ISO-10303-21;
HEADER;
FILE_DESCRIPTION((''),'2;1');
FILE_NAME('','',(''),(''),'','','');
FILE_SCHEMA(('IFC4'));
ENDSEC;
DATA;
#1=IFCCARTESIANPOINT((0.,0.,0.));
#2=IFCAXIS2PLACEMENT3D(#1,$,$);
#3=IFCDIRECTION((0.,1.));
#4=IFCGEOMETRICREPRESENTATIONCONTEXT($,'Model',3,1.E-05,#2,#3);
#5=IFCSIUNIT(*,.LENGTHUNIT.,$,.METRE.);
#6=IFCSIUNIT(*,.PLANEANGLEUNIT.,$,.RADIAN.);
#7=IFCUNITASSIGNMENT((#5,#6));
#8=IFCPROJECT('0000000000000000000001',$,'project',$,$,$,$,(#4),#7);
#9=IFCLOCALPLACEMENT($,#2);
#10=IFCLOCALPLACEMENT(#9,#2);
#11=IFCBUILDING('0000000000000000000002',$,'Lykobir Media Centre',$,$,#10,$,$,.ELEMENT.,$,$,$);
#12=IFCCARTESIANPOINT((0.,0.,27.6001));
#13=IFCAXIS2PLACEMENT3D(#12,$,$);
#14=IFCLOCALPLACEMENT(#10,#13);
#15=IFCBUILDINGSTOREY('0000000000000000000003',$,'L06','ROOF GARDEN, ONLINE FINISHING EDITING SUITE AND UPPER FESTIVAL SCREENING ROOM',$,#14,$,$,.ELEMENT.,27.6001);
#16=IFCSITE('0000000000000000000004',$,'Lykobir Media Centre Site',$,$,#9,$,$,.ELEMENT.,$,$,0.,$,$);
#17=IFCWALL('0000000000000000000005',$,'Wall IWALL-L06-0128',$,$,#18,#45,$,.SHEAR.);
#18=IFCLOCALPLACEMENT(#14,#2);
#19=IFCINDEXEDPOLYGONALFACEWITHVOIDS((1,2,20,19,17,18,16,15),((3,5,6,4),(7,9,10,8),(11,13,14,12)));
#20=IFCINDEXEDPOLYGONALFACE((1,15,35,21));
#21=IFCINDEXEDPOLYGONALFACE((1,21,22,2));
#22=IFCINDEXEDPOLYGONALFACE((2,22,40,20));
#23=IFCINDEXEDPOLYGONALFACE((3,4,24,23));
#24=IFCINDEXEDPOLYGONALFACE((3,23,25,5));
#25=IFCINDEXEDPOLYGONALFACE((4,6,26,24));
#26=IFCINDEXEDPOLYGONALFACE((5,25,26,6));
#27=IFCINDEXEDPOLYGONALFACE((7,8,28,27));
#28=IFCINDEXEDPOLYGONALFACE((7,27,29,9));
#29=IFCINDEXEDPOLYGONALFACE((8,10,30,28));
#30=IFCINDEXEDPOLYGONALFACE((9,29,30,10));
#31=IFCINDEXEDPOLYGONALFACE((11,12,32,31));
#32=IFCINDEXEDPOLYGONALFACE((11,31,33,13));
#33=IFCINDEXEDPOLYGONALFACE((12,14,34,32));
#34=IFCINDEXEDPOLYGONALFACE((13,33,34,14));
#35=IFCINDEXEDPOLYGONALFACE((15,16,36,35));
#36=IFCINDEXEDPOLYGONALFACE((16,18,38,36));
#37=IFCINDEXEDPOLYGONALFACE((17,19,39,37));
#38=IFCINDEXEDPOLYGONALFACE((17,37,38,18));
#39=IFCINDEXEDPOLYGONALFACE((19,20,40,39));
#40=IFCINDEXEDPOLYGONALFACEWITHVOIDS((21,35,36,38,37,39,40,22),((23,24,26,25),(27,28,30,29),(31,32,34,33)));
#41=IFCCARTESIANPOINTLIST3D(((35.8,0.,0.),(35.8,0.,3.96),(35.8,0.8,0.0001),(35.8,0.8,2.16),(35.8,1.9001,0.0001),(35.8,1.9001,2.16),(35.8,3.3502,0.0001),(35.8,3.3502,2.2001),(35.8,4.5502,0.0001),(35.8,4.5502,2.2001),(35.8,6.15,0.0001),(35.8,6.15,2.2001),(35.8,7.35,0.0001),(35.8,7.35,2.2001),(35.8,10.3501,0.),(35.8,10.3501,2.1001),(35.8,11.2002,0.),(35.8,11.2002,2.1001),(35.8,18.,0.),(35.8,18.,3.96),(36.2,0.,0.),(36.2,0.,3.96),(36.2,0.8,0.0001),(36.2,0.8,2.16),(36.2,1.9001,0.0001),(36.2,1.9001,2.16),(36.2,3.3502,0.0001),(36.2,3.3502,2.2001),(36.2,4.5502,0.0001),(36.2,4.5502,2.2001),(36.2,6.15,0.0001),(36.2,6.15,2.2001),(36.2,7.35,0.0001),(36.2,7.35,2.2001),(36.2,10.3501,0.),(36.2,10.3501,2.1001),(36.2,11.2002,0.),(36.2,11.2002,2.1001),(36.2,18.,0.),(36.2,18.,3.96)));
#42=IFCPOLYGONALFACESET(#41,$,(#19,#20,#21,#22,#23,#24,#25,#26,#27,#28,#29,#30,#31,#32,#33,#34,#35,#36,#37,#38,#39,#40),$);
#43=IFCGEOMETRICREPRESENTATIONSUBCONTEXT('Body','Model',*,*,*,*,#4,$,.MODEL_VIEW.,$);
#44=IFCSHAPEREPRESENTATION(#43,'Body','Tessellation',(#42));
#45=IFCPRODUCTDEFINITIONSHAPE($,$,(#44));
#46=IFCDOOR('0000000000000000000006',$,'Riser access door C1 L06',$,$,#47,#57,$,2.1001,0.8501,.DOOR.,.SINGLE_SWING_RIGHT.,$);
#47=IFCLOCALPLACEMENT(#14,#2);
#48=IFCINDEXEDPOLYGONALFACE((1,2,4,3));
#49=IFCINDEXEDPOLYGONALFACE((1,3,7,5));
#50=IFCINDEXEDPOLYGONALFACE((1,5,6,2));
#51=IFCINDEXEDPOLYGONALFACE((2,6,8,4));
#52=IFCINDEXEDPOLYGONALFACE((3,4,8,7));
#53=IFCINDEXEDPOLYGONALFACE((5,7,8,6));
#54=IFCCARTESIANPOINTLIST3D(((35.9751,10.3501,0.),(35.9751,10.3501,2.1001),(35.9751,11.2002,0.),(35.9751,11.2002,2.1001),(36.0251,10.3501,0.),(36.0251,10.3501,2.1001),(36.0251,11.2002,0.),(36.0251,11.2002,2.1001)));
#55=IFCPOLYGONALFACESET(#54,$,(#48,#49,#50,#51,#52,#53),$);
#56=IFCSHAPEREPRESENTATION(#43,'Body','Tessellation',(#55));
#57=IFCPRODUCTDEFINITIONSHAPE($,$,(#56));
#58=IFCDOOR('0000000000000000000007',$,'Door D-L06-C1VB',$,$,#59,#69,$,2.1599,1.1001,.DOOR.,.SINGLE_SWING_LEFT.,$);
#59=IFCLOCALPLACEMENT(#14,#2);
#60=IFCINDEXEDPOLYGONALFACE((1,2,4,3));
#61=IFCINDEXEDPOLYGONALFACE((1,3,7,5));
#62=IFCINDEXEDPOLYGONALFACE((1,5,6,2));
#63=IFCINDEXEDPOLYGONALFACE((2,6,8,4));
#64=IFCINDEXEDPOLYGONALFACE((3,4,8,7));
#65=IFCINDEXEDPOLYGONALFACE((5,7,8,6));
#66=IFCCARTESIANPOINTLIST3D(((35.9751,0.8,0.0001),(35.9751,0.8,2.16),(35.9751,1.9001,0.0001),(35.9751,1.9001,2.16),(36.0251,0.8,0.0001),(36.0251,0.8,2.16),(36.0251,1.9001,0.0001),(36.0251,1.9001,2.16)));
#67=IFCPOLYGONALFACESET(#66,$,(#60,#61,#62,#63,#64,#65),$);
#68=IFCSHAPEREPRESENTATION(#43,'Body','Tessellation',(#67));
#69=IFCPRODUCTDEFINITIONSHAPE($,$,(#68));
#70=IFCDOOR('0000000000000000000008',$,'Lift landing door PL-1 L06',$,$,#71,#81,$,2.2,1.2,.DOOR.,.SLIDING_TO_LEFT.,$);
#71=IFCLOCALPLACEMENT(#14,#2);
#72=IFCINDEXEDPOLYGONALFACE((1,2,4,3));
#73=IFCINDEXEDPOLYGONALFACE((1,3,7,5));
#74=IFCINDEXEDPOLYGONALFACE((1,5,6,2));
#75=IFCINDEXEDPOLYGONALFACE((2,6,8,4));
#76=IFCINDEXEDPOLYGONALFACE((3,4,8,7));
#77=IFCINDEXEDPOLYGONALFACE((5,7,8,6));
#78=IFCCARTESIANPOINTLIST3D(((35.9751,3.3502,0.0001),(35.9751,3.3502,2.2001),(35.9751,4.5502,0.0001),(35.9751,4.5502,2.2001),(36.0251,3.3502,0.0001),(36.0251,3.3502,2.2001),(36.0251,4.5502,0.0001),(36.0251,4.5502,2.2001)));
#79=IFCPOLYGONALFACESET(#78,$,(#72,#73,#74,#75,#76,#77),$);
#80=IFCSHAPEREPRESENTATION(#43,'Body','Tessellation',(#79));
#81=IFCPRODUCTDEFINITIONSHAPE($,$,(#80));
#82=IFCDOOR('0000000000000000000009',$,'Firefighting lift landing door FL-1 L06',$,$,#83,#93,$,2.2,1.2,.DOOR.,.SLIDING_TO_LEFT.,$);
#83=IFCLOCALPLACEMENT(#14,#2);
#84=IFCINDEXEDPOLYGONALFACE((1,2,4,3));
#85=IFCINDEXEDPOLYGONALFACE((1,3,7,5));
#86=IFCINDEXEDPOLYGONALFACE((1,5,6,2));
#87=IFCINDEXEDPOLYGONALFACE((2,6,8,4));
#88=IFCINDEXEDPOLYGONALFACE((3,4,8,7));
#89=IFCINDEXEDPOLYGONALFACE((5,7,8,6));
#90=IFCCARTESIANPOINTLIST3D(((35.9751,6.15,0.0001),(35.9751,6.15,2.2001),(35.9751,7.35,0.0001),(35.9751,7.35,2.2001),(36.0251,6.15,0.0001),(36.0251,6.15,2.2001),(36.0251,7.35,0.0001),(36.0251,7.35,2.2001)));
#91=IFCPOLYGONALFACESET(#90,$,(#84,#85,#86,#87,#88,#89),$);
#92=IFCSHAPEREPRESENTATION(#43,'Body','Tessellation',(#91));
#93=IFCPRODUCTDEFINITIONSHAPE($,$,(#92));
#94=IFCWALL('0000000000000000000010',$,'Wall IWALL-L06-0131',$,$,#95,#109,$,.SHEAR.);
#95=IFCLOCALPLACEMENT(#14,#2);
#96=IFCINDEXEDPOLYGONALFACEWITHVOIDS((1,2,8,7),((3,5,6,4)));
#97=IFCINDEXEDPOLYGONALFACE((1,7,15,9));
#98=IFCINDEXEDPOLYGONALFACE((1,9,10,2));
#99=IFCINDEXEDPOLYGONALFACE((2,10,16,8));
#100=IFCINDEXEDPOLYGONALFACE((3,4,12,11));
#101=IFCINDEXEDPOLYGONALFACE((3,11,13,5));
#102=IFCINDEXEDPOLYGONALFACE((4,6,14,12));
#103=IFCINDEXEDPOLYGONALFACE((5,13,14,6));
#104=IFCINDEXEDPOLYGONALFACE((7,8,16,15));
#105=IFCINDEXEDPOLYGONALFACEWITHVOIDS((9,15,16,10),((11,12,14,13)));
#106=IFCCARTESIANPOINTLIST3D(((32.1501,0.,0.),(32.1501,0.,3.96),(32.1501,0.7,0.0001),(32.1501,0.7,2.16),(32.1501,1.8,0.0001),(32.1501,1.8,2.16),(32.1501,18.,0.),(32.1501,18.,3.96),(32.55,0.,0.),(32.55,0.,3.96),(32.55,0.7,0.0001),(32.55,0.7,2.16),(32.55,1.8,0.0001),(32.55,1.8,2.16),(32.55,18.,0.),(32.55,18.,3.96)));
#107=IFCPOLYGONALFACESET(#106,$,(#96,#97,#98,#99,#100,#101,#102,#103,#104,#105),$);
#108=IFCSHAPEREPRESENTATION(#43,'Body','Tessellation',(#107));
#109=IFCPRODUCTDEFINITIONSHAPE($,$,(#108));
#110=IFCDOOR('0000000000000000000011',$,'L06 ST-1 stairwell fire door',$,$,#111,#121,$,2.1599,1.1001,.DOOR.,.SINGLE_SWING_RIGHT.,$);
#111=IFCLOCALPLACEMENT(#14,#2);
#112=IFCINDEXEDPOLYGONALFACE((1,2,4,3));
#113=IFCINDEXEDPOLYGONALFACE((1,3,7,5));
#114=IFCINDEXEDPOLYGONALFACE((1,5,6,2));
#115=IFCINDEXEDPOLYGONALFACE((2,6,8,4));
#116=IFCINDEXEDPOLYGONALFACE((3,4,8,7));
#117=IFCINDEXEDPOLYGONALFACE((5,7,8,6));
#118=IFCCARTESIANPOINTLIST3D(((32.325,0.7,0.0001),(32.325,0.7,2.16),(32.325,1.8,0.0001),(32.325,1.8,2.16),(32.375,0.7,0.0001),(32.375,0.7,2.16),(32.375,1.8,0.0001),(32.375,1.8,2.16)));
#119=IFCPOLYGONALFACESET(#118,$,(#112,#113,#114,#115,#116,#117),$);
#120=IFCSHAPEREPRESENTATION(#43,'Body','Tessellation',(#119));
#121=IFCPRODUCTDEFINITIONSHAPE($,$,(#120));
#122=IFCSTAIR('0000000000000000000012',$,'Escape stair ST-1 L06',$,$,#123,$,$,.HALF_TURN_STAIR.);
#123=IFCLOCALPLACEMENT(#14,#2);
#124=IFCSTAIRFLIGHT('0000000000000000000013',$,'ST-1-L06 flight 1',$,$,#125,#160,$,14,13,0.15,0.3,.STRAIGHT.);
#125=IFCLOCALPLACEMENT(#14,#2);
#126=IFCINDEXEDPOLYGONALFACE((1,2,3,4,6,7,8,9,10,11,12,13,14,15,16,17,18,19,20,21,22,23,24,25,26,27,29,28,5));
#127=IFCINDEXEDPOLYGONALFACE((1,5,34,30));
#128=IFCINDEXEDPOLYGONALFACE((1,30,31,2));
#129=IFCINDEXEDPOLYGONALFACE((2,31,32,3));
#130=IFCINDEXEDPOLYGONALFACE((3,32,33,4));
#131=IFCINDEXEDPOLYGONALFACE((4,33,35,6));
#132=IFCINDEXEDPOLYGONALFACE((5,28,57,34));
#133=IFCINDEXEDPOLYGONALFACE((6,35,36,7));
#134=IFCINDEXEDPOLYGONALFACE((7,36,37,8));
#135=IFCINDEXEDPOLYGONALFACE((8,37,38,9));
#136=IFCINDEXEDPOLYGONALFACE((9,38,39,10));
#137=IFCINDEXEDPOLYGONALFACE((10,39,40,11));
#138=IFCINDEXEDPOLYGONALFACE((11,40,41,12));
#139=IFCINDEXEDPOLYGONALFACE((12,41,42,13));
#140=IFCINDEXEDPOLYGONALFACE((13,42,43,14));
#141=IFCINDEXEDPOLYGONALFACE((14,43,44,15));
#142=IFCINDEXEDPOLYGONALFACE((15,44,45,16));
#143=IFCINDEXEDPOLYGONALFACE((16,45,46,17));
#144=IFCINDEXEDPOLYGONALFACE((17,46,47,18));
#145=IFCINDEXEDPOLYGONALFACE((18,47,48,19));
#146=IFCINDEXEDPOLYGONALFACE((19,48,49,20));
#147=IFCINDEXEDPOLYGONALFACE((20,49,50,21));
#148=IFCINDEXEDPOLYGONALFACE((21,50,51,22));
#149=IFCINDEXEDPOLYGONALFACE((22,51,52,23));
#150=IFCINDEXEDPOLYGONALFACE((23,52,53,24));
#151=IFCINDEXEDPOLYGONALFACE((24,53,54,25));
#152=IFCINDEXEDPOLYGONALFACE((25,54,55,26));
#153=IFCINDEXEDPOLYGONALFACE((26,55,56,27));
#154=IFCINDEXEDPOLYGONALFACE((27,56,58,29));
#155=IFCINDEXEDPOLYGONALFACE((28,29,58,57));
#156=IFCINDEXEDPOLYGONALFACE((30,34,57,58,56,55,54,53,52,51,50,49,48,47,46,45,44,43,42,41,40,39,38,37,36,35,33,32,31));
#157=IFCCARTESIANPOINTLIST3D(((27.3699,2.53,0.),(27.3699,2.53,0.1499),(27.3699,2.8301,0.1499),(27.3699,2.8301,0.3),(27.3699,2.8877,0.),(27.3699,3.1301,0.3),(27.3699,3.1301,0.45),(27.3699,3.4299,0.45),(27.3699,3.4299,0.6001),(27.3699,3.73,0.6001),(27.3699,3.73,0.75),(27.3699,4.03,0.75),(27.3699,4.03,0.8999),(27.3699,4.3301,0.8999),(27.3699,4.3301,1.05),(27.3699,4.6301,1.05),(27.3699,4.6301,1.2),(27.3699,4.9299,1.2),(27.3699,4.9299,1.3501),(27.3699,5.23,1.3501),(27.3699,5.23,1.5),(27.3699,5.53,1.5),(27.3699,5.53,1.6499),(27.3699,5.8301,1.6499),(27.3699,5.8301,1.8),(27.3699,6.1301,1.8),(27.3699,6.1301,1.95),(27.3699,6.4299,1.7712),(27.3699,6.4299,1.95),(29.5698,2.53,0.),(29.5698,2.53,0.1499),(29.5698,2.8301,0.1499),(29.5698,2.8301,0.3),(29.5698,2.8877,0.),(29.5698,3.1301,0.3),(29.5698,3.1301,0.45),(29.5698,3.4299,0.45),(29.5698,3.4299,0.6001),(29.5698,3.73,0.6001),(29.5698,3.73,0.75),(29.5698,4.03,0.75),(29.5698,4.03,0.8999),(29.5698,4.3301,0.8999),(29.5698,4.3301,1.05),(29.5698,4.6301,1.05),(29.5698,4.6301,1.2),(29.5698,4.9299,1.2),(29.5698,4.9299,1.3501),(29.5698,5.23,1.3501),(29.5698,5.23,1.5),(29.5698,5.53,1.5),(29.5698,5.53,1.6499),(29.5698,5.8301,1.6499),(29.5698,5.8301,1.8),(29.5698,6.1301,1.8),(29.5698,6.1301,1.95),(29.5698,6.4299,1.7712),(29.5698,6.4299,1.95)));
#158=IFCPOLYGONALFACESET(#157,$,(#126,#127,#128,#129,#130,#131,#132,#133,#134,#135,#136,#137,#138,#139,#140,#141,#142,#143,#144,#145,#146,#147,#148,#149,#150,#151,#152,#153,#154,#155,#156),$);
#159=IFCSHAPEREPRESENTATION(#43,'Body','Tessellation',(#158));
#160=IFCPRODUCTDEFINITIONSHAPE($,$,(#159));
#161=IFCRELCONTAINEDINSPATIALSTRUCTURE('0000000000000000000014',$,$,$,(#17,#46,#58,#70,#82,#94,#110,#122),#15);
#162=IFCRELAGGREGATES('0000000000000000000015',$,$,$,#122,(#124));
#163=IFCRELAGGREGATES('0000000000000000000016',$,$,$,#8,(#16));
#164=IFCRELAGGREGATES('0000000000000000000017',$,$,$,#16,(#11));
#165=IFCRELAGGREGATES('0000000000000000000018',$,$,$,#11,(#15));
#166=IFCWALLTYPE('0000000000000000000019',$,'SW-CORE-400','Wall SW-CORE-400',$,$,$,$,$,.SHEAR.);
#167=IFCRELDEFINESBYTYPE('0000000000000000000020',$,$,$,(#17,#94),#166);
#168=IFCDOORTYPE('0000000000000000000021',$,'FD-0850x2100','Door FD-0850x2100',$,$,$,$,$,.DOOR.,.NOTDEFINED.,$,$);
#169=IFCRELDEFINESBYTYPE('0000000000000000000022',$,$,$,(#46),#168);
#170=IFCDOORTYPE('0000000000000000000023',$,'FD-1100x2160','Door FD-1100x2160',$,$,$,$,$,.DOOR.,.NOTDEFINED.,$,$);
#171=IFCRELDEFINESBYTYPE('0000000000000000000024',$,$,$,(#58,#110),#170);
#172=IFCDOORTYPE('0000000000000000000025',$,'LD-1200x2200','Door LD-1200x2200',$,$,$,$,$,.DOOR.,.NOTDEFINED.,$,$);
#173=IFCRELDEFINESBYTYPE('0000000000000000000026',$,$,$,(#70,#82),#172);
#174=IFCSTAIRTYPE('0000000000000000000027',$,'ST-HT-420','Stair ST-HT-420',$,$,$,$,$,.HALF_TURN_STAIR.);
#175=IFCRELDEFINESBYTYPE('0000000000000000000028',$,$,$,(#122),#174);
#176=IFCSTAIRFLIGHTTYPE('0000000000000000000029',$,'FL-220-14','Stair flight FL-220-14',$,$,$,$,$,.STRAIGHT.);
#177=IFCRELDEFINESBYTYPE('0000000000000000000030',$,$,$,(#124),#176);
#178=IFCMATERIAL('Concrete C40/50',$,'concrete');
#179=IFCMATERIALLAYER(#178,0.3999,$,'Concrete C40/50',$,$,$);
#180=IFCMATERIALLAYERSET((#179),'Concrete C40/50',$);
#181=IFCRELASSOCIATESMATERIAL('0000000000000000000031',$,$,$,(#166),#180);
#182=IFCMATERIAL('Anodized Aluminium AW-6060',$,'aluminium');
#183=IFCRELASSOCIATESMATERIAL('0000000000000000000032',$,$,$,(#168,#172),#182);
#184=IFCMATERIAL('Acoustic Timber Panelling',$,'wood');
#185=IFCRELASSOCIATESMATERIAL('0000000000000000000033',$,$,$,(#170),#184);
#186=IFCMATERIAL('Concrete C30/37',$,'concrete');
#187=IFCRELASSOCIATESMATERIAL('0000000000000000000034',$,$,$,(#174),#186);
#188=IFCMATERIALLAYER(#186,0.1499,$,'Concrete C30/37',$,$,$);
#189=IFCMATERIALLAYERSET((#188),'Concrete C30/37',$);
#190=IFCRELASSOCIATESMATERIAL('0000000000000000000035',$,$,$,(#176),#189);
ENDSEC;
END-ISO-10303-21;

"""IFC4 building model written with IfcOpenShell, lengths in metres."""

from ifc_helpers import new_model, si_unit, direction, frame, frame_2d, origin, place, context, subcontext, project, spatial, polyline, rectangle, outline, extrude, material, layer, layer_set, type_object, element, fill, aggregate, save


model = new_model("IFC4")

# Units and contexts
model_context = context("Model", 3, precision=1e-05, world=origin(), true_north=direction((0.0, 1.0)))
body_context = subcontext(model_context, "Body", "Model", "MODEL_VIEW")
ifc_project = project(units=[si_unit("LENGTHUNIT", "METRE"), si_unit("PLANEANGLEUNIT", "RADIAN")], contexts=[model_context])

# Site, building, storey
site_placement = place(None, origin())
site = spatial("IfcSite", under=ifc_project, at=site_placement, Name="Lykobir Media Centre Site", CompositionType="ELEMENT", RefElevation=0.0)
building_placement = place(site_placement, origin())
building = spatial("IfcBuilding", under=site, at=building_placement, Name="Lykobir Media Centre", CompositionType="ELEMENT")
storey_placement = place(building_placement, frame((0.0, 0.0, 27.6001)))
storey = spatial("IfcBuildingStorey", under=building, at=storey_placement, Name="L06", Description="ROOF GARDEN, ONLINE FINISHING EDITING SUITE AND UPPER FESTIVAL SCREENING ROOM", CompositionType="ELEMENT", Elevation=27.6001)

# Shared definitions
ifc_material_1 = material(Name="Concrete C40/50", Category="concrete")

# Shared definitions
ifc_material_2 = material(Name="Concrete C30/37", Category="concrete")

# Wall, openings, doors
ifc_layer_1 = layer(ifc_material_1, 0.3999, Name="Concrete C40/50")
ifc_layer_set_1 = layer_set([ifc_layer_1], Name="Concrete C40/50")
wall_type_1 = type_object("IfcWallType", Name="SW-CORE-400", Description="Wall SW-CORE-400", PredefinedType="SHEAR", material=ifc_layer_set_1)
wall_1_placement = place(storey_placement, frame((36.0, 0.0, 0.0), z_axis=(0.0, 0.0, 1.0), x_axis=(0.0, 1.0, 0.0)))
wall_1 = element("IfcWall", 1, at=wall_1_placement, inside=storey, type_object=wall_type_1, Name="Wall IWALL-L06-0128", PredefinedType="SHEAR", context=body_context, shape_type="SweptSolid", body=[
    extrude(rectangle(XDim=18.0, YDim=0.3999, at=frame_2d((9.0, 0.0))), origin(), (0.0, 0.0, 1.0), 3.96),
])
opening_1_placement = place(wall_1_placement, frame((0.8, 0.0, 0.0)))
opening_1 = element("IfcOpeningElement", 2, at=opening_1_placement, cuts=wall_1, PredefinedType="OPENING", context=body_context, shape_type="SweptSolid", body=[
    extrude(rectangle(XDim=1.1001, YDim=2.1599, at=frame_2d((0.55, 1.0801))), frame((0.0, 0.21, 0.0), z_axis=(0.0, -1.0, 0.0), x_axis=(1.0, 0.0, 0.0)), (0.0, 0.0, 1.0), 0.4199),
])
opening_2_placement = place(wall_1_placement, frame((3.3501, 0.0, 0.0)))
opening_2 = element("IfcOpeningElement", 3, at=opening_2_placement, cuts=wall_1, PredefinedType="OPENING", context=body_context, shape_type="SweptSolid", body=[
    extrude(rectangle(XDim=1.2, YDim=2.2, at=frame_2d((0.6001, 1.1001))), frame((0.0, 0.21, 0.0), z_axis=(0.0, -1.0, 0.0), x_axis=(1.0, 0.0, 0.0)), (0.0, 0.0, 1.0), 0.4199),
])
opening_3_placement = place(wall_1_placement, frame((6.1499, 0.0, 0.0)))
opening_3 = element("IfcOpeningElement", 4, at=opening_3_placement, cuts=wall_1, PredefinedType="OPENING", context=body_context, shape_type="SweptSolid", body=[
    extrude(rectangle(XDim=1.2, YDim=2.2, at=frame_2d((0.6001, 1.1001))), frame((0.0, 0.21, 0.0), z_axis=(0.0, -1.0, 0.0), x_axis=(1.0, 0.0, 0.0)), (0.0, 0.0, 1.0), 0.4199),
])
opening_4_placement = place(wall_1_placement, frame((10.3501, 0.0, 0.0)))
opening_4 = element("IfcOpeningElement", 5, at=opening_4_placement, cuts=wall_1, PredefinedType="OPENING", context=body_context, shape_type="SweptSolid", body=[
    extrude(rectangle(XDim=0.8501, YDim=2.1001, at=frame_2d((0.425, 1.05))), frame((0.0, 0.21, 0.0), z_axis=(0.0, -1.0, 0.0), x_axis=(1.0, 0.0, 0.0)), (0.0, 0.0, 1.0), 0.4199),
])
ifc_material_3 = material(Name="Anodized Aluminium AW-6060", Category="aluminium")
door_type_1 = type_object("IfcDoorType", Name="FD-0850x2100", Description="Door FD-0850x2100", OperationType="NOTDEFINED", PredefinedType="DOOR", material=ifc_material_3)
door_1_placement = place(opening_4_placement, origin())
door_1 = element("IfcDoor", 6, at=door_1_placement, inside=storey, type_object=door_type_1, Name="Riser access door C1 L06", OperationType="SINGLE_SWING_RIGHT", OverallHeight=2.1001, OverallWidth=0.8501, PredefinedType="DOOR", context=body_context, shape_type="SweptSolid", body=[
    extrude(rectangle(XDim=0.8501, YDim=2.1001, at=frame_2d((0.425, 1.05))), frame((0.0, 0.0249, 0.0), z_axis=(0.0, -1.0, 0.0), x_axis=(1.0, 0.0, 0.0)), (0.0, 0.0, 1.0), 0.05),
])
fill(opening_4, door_1)
ifc_material_4 = material(Name="Acoustic Timber Panelling", Category="wood")
door_type_2 = type_object("IfcDoorType", Name="FD-1100x2160", Description="Door FD-1100x2160", OperationType="NOTDEFINED", PredefinedType="DOOR", material=ifc_material_4)
door_2_placement = place(opening_1_placement, origin())
door_2 = element("IfcDoor", 7, at=door_2_placement, inside=storey, type_object=door_type_2, Name="Door D-L06-C1VB", OperationType="SINGLE_SWING_LEFT", OverallHeight=2.1599, OverallWidth=1.1001, PredefinedType="DOOR", context=body_context, shape_type="SweptSolid", body=[
    extrude(rectangle(XDim=1.1001, YDim=2.1599, at=frame_2d((0.55, 1.0801))), frame((0.0, 0.0249, 0.0), z_axis=(0.0, -1.0, 0.0), x_axis=(1.0, 0.0, 0.0)), (0.0, 0.0, 1.0), 0.05),
])
fill(opening_1, door_2)
door_type_3 = type_object("IfcDoorType", Name="LD-1200x2200", Description="Door LD-1200x2200", OperationType="NOTDEFINED", PredefinedType="DOOR", material=ifc_material_3)
door_3_placement = place(opening_2_placement, origin())
door_3 = element("IfcDoor", 8, at=door_3_placement, inside=storey, type_object=door_type_3, Name="Lift landing door PL-1 L06", OperationType="SLIDING_TO_LEFT", OverallHeight=2.2, OverallWidth=1.2, PredefinedType="DOOR", context=body_context, shape_type="SweptSolid", body=[
    extrude(rectangle(XDim=1.2, YDim=2.2, at=frame_2d((0.6001, 1.1001))), frame((0.0, 0.0249, 0.0), z_axis=(0.0, -1.0, 0.0), x_axis=(1.0, 0.0, 0.0)), (0.0, 0.0, 1.0), 0.05),
])
fill(opening_2, door_3)
door_4_placement = place(opening_3_placement, origin())
door_4 = element("IfcDoor", 9, at=door_4_placement, inside=storey, type_object=door_type_3, Name="Firefighting lift landing door FL-1 L06", OperationType="SLIDING_TO_LEFT", OverallHeight=2.2, OverallWidth=1.2, PredefinedType="DOOR", context=body_context, shape_type="SweptSolid", body=[
    extrude(rectangle(XDim=1.2, YDim=2.2, at=frame_2d((0.6001, 1.1001))), frame((0.0, 0.0249, 0.0), z_axis=(0.0, -1.0, 0.0), x_axis=(1.0, 0.0, 0.0)), (0.0, 0.0, 1.0), 0.05),
])
fill(opening_3, door_4)

# Wall, opening, door
wall_2_placement = place(storey_placement, frame((32.3501, 0.0, 0.0), z_axis=(0.0, 0.0, 1.0), x_axis=(0.0, 1.0, 0.0)))
wall_2 = element("IfcWall", 10, at=wall_2_placement, inside=storey, type_object=wall_type_1, Name="Wall IWALL-L06-0131", PredefinedType="SHEAR", context=body_context, shape_type="SweptSolid", body=[
    extrude(rectangle(XDim=18.0, YDim=0.3999, at=frame_2d((9.0, 0.0))), origin(), (0.0, 0.0, 1.0), 3.96),
])
opening_5_placement = place(wall_2_placement, frame((0.7, 0.0, 0.0)))
opening_5 = element("IfcOpeningElement", 11, at=opening_5_placement, cuts=wall_2, PredefinedType="OPENING", context=body_context, shape_type="SweptSolid", body=[
    extrude(rectangle(XDim=1.1001, YDim=2.1599, at=frame_2d((0.55, 1.0801))), frame((0.0, 0.21, 0.0), z_axis=(0.0, -1.0, 0.0), x_axis=(1.0, 0.0, 0.0)), (0.0, 0.0, 1.0), 0.4199),
])
door_5_placement = place(opening_5_placement, frame((1.1001, 0.0, 0.0), z_axis=(0.0, 0.0, 1.0), x_axis=(-1.0, 0.0, 0.0)))
door_5 = element("IfcDoor", 12, at=door_5_placement, inside=storey, type_object=door_type_2, Name="L06 ST-1 stairwell fire door", OperationType="SINGLE_SWING_RIGHT", OverallHeight=2.1599, OverallWidth=1.1001, PredefinedType="DOOR", context=body_context, shape_type="SweptSolid", body=[
    extrude(rectangle(XDim=1.1001, YDim=2.1599, at=frame_2d((0.55, 1.0801))), frame((0.0, 0.0249, 0.0), z_axis=(0.0, -1.0, 0.0), x_axis=(1.0, 0.0, 0.0)), (0.0, 0.0, 1.0), 0.05),
])
fill(opening_5, door_5)

# Stair, stair flight
stair_type = type_object("IfcStairType", Name="ST-HT-420", Description="Stair ST-HT-420", PredefinedType="HALF_TURN_STAIR", material=ifc_material_2)
stair_placement = place(storey_placement, origin())
stair = element("IfcStair", 13, at=stair_placement, inside=storey, type_object=stair_type, Name="Escape stair ST-1 L06", PredefinedType="HALF_TURN_STAIR")
ifc_layer_2 = layer(ifc_material_2, 0.1499, Name="Concrete C30/37")
ifc_layer_set_2 = layer_set([ifc_layer_2], Name="Concrete C30/37")
stair_flight_type = type_object("IfcStairFlightType", Name="FL-220-14", Description="Stair flight FL-220-14", PredefinedType="STRAIGHT", material=ifc_layer_set_2)
stair_flight_1_placement = place(storey_placement, frame((28.47, 2.53, 0.0), z_axis=(0.0, 0.0, 1.0), x_axis=(0.0, 1.0, 0.0)))
stair_flight_1 = element("IfcStairFlight", 14, at=stair_flight_1_placement, type_object=stair_flight_type, Name="ST-1-L06 flight 1", NumberOfRisers=14, NumberOfTreads=13, PredefinedType="STRAIGHT", RiserHeight=0.15, TreadLength=0.3, context=body_context, shape_type="SweptSolid", body=[
    extrude(outline(polyline([(0.0, 0.0), (0.0, 0.1499), (0.3, 0.1499), (0.3, 0.3), (0.6001, 0.3), (0.6001, 0.45), (0.8999, 0.45), (0.8999, 0.6001), (1.2, 0.6001), (1.2, 0.75), (1.5, 0.75), (1.5, 0.8999), (1.8, 0.8999), (1.8, 1.05), (2.1001, 1.05), (2.1001, 1.2), (2.3999, 1.2), (2.3999, 1.3501), (2.7, 1.3501), (2.7, 1.5), (3.0, 1.5), (3.0, 1.6499), (3.3, 1.6499), (3.3, 1.8), (3.6001, 1.8), (3.6001, 1.95), (3.8999, 1.95), (3.8999, 2.1001), (3.8999, 1.7712), (0.3577, 0.0), (0.0, 0.0)])), frame((0.0, 1.1001, 0.0), z_axis=(0.0, -1.0, 0.0), x_axis=(1.0, 0.0, 0.0)), (0.0, 0.0, 1.0), 2.2),
])
aggregate(stair, [stair_flight_1])

save(model, "model.ifc")
